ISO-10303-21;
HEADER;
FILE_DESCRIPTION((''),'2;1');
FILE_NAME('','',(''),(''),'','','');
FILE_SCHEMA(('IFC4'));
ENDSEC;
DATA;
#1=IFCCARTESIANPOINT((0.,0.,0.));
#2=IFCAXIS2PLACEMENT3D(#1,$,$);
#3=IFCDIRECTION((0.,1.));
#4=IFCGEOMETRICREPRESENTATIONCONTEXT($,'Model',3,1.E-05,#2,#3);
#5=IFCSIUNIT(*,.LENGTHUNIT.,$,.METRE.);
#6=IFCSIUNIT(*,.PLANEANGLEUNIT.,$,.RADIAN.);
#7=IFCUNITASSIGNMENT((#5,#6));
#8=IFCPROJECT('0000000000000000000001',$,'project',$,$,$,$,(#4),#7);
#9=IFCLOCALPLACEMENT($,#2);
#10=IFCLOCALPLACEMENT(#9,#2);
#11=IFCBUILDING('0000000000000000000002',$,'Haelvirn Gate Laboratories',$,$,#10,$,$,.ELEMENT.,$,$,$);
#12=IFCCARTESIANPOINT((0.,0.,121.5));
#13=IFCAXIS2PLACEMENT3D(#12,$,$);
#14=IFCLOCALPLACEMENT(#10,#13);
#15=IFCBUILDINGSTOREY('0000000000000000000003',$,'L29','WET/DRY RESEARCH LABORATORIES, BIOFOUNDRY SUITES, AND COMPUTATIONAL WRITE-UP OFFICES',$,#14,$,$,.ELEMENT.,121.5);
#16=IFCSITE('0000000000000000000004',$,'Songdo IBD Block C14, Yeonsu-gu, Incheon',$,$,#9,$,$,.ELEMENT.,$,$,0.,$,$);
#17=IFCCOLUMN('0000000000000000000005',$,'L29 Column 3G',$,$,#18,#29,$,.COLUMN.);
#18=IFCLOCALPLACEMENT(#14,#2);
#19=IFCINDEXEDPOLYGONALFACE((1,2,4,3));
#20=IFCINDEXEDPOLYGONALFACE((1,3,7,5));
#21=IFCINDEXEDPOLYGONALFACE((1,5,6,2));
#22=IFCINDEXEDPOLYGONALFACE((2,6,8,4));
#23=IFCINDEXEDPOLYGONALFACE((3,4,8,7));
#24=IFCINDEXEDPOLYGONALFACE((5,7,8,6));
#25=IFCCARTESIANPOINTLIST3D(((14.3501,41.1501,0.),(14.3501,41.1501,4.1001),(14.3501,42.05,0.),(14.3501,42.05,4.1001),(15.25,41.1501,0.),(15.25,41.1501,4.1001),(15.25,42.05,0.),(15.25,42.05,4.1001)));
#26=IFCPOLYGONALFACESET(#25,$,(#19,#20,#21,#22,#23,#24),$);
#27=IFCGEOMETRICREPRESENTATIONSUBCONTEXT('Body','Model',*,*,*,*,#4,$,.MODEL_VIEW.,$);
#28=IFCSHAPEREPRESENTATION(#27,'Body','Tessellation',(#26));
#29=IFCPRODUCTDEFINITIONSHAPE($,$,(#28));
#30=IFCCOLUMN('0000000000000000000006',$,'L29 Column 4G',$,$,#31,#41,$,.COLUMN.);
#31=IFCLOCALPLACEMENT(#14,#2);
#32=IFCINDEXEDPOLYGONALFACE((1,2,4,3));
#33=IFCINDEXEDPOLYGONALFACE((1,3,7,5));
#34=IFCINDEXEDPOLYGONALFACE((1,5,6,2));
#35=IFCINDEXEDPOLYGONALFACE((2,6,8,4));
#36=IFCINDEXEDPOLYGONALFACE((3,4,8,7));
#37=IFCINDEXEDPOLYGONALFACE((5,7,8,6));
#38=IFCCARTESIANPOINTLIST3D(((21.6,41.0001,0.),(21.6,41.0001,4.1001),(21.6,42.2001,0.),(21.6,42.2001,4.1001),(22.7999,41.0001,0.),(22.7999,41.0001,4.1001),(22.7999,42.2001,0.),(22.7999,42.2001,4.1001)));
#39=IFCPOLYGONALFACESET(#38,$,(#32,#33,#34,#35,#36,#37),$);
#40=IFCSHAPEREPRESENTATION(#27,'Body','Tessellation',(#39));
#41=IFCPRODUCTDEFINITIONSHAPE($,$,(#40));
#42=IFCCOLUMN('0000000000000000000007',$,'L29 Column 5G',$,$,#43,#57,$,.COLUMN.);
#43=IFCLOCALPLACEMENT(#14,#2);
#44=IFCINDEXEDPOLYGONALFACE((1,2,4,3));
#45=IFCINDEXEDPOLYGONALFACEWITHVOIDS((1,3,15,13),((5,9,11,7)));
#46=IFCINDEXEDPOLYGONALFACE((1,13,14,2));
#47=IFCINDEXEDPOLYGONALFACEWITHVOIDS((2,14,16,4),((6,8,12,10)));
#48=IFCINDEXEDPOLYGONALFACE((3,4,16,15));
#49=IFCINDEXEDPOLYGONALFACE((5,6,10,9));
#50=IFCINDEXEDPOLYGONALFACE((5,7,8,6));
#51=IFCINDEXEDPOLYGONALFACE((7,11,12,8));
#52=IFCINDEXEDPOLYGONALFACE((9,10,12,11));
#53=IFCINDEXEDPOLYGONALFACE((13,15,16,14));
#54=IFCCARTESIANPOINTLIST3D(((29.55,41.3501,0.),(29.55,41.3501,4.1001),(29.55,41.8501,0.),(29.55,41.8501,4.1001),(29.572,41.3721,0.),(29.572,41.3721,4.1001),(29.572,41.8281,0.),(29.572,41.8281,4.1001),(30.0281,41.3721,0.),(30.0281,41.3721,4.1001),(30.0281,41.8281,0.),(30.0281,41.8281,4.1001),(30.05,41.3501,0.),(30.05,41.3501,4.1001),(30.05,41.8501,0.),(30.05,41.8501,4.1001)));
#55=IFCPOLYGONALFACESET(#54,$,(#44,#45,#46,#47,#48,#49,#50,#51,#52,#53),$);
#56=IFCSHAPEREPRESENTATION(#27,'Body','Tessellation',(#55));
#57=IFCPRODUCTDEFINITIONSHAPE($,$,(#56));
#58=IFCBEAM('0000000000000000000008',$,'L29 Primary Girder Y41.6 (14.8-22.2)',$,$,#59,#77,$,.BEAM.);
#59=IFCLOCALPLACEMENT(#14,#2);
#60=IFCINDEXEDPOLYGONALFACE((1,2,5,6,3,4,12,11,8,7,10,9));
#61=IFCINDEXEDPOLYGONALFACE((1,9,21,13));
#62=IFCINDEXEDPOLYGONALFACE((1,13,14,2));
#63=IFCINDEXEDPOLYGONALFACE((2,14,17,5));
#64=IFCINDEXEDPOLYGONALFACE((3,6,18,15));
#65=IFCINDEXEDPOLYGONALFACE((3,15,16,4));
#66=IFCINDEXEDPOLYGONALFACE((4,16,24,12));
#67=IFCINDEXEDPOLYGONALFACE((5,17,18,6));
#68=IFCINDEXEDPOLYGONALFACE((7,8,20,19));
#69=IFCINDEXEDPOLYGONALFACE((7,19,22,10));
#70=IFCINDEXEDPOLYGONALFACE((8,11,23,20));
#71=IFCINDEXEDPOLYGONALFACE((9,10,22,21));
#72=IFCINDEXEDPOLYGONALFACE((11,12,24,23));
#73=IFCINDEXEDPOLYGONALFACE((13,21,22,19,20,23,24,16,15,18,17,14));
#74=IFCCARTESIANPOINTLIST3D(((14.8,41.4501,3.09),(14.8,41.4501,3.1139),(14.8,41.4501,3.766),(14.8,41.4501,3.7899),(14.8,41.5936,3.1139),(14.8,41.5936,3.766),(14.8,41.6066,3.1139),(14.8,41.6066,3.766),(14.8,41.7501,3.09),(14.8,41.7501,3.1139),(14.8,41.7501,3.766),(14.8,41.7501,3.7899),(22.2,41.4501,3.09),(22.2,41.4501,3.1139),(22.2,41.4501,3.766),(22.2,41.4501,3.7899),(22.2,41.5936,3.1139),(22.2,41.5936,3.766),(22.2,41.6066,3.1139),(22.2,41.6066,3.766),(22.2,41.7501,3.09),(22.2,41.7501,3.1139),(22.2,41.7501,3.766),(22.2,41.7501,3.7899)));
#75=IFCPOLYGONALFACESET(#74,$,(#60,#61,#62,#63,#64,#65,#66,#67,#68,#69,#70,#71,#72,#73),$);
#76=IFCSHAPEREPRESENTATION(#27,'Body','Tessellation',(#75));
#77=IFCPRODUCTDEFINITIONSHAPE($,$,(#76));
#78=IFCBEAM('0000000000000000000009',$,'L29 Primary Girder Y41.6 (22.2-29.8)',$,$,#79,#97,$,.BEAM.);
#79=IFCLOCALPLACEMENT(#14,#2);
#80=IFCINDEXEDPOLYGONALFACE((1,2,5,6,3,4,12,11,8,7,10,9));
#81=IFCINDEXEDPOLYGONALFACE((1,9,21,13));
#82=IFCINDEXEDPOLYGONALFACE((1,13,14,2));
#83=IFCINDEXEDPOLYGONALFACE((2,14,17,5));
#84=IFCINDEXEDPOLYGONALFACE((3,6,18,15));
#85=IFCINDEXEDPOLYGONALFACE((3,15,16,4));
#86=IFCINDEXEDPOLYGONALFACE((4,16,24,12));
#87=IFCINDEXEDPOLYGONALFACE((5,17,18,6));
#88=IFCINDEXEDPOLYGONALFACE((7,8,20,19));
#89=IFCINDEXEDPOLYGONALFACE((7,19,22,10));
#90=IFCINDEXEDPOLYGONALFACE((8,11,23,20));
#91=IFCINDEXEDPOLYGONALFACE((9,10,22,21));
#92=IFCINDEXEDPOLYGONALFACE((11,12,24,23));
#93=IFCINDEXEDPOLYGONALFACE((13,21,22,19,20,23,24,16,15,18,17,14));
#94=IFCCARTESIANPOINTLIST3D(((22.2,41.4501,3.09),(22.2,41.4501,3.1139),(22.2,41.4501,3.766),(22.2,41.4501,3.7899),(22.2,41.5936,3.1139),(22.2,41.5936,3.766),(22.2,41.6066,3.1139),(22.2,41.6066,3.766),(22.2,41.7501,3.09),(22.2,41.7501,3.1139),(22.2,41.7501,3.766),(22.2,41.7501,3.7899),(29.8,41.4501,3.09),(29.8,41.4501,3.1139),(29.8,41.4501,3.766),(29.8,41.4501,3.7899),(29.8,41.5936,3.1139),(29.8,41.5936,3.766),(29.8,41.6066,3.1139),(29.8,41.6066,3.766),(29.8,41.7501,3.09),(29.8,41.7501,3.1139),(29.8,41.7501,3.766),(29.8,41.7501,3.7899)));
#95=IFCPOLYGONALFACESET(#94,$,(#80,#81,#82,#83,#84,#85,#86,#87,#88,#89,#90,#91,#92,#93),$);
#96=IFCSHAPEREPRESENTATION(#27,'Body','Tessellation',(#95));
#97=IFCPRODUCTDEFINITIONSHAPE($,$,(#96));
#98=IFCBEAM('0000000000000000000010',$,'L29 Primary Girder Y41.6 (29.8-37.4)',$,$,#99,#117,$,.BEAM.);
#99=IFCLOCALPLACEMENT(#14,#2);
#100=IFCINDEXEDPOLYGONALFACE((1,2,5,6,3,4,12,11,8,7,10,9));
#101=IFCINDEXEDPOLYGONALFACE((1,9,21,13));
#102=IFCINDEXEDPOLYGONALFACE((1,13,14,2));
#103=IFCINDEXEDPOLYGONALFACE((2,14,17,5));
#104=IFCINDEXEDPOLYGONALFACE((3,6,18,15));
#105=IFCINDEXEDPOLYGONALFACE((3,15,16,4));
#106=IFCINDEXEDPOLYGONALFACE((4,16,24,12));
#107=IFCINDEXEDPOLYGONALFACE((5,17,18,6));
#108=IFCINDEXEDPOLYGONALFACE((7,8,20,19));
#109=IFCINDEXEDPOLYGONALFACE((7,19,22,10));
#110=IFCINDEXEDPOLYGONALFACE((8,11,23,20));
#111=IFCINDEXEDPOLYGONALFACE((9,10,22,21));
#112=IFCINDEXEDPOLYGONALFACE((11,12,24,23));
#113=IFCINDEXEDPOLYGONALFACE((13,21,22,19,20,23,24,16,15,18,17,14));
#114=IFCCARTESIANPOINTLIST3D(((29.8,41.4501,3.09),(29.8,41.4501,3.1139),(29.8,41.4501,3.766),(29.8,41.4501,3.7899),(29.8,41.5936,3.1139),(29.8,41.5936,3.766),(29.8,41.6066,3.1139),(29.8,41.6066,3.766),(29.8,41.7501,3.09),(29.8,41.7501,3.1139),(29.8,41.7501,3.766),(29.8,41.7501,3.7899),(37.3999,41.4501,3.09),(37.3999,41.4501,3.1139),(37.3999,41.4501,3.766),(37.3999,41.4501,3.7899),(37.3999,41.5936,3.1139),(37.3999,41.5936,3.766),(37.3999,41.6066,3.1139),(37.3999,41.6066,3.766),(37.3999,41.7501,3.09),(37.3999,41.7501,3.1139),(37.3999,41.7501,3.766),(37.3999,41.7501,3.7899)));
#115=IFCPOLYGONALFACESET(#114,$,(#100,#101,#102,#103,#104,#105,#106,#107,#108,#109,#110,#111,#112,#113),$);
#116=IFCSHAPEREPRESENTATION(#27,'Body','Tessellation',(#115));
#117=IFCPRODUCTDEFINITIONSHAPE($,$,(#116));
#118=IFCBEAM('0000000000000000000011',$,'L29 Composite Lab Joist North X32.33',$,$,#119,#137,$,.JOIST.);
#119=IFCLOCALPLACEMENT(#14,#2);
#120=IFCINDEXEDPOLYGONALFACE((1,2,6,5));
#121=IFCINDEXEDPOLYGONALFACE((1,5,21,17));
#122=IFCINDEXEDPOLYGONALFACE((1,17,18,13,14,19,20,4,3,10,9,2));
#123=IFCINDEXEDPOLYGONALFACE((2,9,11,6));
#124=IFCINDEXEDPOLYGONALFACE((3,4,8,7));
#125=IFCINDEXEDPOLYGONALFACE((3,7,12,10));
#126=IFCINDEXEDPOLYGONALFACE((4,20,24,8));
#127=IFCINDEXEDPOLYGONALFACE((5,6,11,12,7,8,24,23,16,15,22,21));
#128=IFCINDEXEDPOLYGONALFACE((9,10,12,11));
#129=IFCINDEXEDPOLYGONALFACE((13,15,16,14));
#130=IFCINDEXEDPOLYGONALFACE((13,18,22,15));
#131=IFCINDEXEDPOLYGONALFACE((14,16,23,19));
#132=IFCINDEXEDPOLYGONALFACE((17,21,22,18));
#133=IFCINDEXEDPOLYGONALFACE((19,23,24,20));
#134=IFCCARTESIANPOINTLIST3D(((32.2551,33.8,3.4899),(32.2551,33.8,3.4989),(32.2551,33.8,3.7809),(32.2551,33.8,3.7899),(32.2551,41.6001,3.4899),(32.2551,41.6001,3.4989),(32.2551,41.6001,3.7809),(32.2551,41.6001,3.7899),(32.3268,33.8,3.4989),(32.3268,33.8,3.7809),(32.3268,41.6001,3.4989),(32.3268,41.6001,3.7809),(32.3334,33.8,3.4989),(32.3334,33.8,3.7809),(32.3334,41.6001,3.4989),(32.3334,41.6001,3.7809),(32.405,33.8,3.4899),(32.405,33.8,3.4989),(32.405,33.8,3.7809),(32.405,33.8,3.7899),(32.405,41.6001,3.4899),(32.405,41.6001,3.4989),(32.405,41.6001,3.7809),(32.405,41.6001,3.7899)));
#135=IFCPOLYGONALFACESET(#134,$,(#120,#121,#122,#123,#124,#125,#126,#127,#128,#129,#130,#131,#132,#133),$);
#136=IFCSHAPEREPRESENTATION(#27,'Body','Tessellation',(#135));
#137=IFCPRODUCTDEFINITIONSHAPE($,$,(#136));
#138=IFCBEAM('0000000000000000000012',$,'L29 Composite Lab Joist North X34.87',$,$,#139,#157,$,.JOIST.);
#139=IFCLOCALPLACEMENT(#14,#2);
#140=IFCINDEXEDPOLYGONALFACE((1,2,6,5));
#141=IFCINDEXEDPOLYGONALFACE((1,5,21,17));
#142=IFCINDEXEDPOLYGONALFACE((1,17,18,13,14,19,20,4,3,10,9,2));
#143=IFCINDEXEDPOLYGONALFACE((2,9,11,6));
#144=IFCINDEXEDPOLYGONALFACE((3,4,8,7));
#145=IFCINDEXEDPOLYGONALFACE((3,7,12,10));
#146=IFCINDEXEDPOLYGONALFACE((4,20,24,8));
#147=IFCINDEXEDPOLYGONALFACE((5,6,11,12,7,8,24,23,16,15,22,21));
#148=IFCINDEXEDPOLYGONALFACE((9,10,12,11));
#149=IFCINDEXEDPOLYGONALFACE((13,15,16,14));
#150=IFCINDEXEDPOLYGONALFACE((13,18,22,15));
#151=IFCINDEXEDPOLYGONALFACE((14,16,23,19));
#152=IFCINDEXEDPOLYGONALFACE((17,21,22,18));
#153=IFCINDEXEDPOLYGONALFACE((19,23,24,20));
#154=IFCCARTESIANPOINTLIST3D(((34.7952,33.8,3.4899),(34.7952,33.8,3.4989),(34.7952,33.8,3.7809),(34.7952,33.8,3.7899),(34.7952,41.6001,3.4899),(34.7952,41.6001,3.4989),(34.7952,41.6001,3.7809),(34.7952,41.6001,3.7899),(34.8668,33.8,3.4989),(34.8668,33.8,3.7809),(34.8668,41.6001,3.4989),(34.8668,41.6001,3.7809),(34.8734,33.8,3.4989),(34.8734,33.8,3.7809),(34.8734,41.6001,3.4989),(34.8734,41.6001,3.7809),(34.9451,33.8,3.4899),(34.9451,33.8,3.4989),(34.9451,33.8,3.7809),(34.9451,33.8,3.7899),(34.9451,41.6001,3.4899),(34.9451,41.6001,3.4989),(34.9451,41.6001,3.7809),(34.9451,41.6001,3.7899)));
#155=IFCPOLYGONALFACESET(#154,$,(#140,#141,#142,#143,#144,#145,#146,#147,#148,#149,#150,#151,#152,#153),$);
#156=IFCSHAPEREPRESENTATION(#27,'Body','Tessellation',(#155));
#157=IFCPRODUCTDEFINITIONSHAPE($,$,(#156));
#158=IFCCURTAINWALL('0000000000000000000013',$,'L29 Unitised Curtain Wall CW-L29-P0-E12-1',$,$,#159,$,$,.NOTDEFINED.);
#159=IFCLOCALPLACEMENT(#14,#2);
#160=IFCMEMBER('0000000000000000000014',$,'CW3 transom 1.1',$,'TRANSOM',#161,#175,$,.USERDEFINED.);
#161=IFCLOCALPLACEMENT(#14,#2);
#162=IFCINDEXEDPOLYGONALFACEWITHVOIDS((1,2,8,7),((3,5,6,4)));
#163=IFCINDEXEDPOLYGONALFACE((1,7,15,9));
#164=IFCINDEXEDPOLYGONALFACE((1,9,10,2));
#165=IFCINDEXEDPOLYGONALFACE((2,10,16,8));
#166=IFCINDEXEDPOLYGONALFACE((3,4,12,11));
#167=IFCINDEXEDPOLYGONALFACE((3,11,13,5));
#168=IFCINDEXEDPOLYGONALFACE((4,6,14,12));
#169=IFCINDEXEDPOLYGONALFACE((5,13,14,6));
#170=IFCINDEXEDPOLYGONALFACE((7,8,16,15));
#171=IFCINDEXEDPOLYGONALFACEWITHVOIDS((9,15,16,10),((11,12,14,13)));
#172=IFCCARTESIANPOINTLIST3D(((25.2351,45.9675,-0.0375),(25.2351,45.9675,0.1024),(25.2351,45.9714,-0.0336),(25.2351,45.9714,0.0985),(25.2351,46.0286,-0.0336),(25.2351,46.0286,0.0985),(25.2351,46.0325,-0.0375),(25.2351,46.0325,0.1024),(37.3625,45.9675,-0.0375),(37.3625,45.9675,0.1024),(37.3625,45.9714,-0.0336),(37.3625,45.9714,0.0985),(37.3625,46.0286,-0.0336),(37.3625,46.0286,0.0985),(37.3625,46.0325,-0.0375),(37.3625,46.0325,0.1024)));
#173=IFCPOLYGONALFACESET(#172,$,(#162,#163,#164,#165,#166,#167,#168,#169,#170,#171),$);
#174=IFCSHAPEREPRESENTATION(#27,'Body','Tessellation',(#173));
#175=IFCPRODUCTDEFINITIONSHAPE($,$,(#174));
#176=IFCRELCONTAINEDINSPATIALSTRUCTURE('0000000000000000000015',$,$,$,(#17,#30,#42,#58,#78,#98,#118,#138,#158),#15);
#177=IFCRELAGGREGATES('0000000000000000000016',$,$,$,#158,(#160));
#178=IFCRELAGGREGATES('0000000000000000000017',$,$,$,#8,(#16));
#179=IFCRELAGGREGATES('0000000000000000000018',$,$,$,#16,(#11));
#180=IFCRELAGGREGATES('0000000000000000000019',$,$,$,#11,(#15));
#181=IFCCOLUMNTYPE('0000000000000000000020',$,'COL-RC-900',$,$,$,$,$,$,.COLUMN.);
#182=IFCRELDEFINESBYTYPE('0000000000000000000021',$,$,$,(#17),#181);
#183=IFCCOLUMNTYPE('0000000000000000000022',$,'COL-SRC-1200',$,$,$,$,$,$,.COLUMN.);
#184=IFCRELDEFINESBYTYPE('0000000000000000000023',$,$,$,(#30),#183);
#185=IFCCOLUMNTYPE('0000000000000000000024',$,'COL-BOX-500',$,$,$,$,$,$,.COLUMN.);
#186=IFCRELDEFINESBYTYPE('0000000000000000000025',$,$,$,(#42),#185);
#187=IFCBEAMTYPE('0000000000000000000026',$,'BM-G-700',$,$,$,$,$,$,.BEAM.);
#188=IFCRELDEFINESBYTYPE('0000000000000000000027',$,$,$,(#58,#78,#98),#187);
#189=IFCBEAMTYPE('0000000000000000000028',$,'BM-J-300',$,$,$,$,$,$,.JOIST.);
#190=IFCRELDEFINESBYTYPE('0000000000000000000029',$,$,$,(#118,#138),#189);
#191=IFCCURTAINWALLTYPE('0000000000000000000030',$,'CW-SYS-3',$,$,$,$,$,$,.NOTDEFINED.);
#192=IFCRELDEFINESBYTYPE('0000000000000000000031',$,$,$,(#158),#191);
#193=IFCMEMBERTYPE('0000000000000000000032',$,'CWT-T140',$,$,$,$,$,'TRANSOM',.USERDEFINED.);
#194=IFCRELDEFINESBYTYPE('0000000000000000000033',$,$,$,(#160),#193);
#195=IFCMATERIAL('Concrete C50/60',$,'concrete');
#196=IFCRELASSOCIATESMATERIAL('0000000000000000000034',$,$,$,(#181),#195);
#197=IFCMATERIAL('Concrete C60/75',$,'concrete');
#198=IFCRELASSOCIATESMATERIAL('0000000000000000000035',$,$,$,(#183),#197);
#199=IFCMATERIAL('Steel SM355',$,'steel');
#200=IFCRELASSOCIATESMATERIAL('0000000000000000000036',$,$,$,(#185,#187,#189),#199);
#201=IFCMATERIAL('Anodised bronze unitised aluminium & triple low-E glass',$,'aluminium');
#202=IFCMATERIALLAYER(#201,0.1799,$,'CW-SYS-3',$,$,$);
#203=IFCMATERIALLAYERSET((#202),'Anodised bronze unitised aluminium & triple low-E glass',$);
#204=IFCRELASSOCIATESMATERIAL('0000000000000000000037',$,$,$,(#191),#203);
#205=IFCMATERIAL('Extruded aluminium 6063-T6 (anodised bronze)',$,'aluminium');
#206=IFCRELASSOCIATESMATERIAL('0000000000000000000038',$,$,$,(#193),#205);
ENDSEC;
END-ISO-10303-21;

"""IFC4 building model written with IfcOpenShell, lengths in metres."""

from ifc_helpers import new_model, si_unit, direction, frame, origin, origin_2d, place, context, subcontext, project, spatial, rectangle, hollow_rectangle, i_section, extrude, source, transform, mapped, material, layer, layer_set, material_profile, profile_set, type_object, type_shapes, element, aggregate, save


model = new_model("IFC4")

# Units and contexts
model_context = context("Model", 3, precision=1e-05, world=origin(), true_north=direction((0.0, 1.0)))
body_context = subcontext(model_context, "Body", "Model", "MODEL_VIEW")
ifc_project = project(units=[si_unit("LENGTHUNIT", "METRE"), si_unit("PLANEANGLEUNIT", "RADIAN")], contexts=[model_context])

# Site, building, storey
site_placement = place(None, origin())
site = spatial("IfcSite", under=ifc_project, at=site_placement, Name="Songdo IBD Block C14, Yeonsu-gu, Incheon", CompositionType="ELEMENT", RefElevation=0.0)
building_placement = place(site_placement, origin())
building = spatial("IfcBuilding", under=site, at=building_placement, Name="Haelvirn Gate Laboratories", CompositionType="ELEMENT")
storey_placement = place(building_placement, frame((0.0, 0.0, 121.5)))
storey = spatial("IfcBuildingStorey", under=building, at=storey_placement, Name="L29", Description="WET/DRY RESEARCH LABORATORIES, BIOFOUNDRY SUITES, AND COMPUTATIONAL WRITE-UP OFFICES", CompositionType="ELEMENT", Elevation=121.5)

# Columns
ifc_material_1 = material(Name="Concrete C50/60", Category="concrete")
ifc_material_profile_1 = material_profile(ifc_material_1, rectangle(XDim=0.8999, YDim=0.8999, at=origin_2d()), Name="RC-900x900")
ifc_profile_set_1 = profile_set([ifc_material_profile_1], Name="Concrete C50/60")
column_type_1 = type_object("IfcColumnType", Name="COL-RC-900", PredefinedType="COLUMN", material=ifc_profile_set_1)
shared_shape_1 = source(origin(), body_context, "Body", "SweptSolid", [
    extrude(rectangle(XDim=0.8999, YDim=0.8999, at=origin_2d()), origin(), (0.0, 0.0, 1.0), 4.1001),
])
type_shapes(column_type_1, [shared_shape_1])
column_1_placement = place(storey_placement, frame((14.8, 41.6001, 0.0), z_axis=(0.0, 0.0, 1.0), x_axis=(1.0, 0.0, 0.0)))
element("IfcColumn", 1, at=column_1_placement, inside=storey, type_object=column_type_1, Name="L29 Column 3G", PredefinedType="COLUMN", context=body_context, shape_type="MappedRepresentation", body=[
    mapped(shared_shape_1, transform((0.0, 0.0, 0.0), scale=1.0)),
])
ifc_material_2 = material(Name="Concrete C60/75", Category="concrete")
ifc_material_profile_2 = material_profile(ifc_material_2, rectangle(XDim=1.2, YDim=1.2, at=origin_2d()), Name="SRC-1200x1200")
ifc_profile_set_2 = profile_set([ifc_material_profile_2], Name="Concrete C60/75")
column_type_2 = type_object("IfcColumnType", Name="COL-SRC-1200", PredefinedType="COLUMN", material=ifc_profile_set_2)
shared_shape_2 = source(origin(), body_context, "Body", "SweptSolid", [
    extrude(rectangle(XDim=1.2, YDim=1.2, at=origin_2d()), origin(), (0.0, 0.0, 1.0), 4.1001),
])
type_shapes(column_type_2, [shared_shape_2])
column_2_placement = place(storey_placement, frame((22.2, 41.6001, 0.0), z_axis=(0.0, 0.0, 1.0), x_axis=(1.0, 0.0, 0.0)))
element("IfcColumn", 2, at=column_2_placement, inside=storey, type_object=column_type_2, Name="L29 Column 4G", PredefinedType="COLUMN", context=body_context, shape_type="MappedRepresentation", body=[
    mapped(shared_shape_2, transform((0.0, 0.0, 0.0), scale=1.0)),
])
ifc_material_3 = material(Name="Steel SM355", Category="steel")
ifc_material_profile_3 = material_profile(ifc_material_3, hollow_rectangle(XDim=0.5, YDim=0.5, WallThickness=0.022, at=origin_2d()), Name="BOX-500x500x22")
ifc_profile_set_3 = profile_set([ifc_material_profile_3], Name="Steel SM355")
column_type_3 = type_object("IfcColumnType", Name="COL-BOX-500", PredefinedType="COLUMN", material=ifc_profile_set_3)
shared_shape_3 = source(origin(), body_context, "Body", "SweptSolid", [
    extrude(hollow_rectangle(XDim=0.5, YDim=0.5, WallThickness=0.022, at=origin_2d()), origin(), (0.0, 0.0, 1.0), 4.1001),
])
type_shapes(column_type_3, [shared_shape_3])
column_3_placement = place(storey_placement, frame((29.8, 41.6001, 0.0), z_axis=(0.0, 0.0, 1.0), x_axis=(1.0, 0.0, 0.0)))
element("IfcColumn", 3, at=column_3_placement, inside=storey, type_object=column_type_3, Name="L29 Column 5G", PredefinedType="COLUMN", context=body_context, shape_type="MappedRepresentation", body=[
    mapped(shared_shape_3, transform((0.0, 0.0, 0.0), scale=1.0)),
])

# Beams
ifc_material_profile_4 = material_profile(ifc_material_3, i_section(OverallWidth=0.3, OverallDepth=0.7, WebThickness=0.0129, FlangeThickness=0.0239, at=origin_2d()), Name="H-700x300x13x24")
ifc_profile_set_4 = profile_set([ifc_material_profile_4], Name="Steel SM355")
beam_type_1 = type_object("IfcBeamType", Name="BM-G-700", PredefinedType="BEAM", material=ifc_profile_set_4)
shared_shape_4 = source(origin(), body_context, "Body", "SweptSolid", [
    extrude(i_section(OverallWidth=0.3, OverallDepth=0.7, WebThickness=0.0129, FlangeThickness=0.0239, at=origin_2d()), origin(), (0.0, 0.0, 1.0), 7.3999),
])
beam_1_placement = place(storey_placement, frame((14.8, 41.6001, 3.4399), z_axis=(1.0, 0.0, 0.0), x_axis=(0.0, 1.0, 0.0)))
element("IfcBeam", 4, at=beam_1_placement, inside=storey, type_object=beam_type_1, Name="L29 Primary Girder Y41.6 (14.8-22.2)", PredefinedType="BEAM", context=body_context, shape_type="MappedRepresentation", body=[
    mapped(shared_shape_4, transform((0.0, 0.0, 0.0), scale=1.0)),
])
shared_shape_5 = source(origin(), body_context, "Body", "SweptSolid", [
    extrude(i_section(OverallWidth=0.3, OverallDepth=0.7, WebThickness=0.0129, FlangeThickness=0.0239, at=origin_2d()), origin(), (0.0, 0.0, 1.0), 7.6001),
])
beam_2_placement = place(storey_placement, frame((22.2, 41.6001, 3.4399), z_axis=(1.0, 0.0, 0.0), x_axis=(0.0, 1.0, 0.0)))
element("IfcBeam", 5, at=beam_2_placement, inside=storey, type_object=beam_type_1, Name="L29 Primary Girder Y41.6 (22.2-29.8)", PredefinedType="BEAM", context=body_context, shape_type="MappedRepresentation", body=[
    mapped(shared_shape_5, transform((0.0, 0.0, 0.0), scale=1.0)),
])
shared_shape_6 = source(origin(), body_context, "Body", "SweptSolid", [
    extrude(i_section(OverallWidth=0.3, OverallDepth=0.7, WebThickness=0.0129, FlangeThickness=0.0239, at=origin_2d()), origin(), (0.0, 0.0, 1.0), 7.5999),
])
type_shapes(beam_type_1, [shared_shape_4, shared_shape_5, shared_shape_6])
beam_3_placement = place(storey_placement, frame((29.8, 41.6001, 3.4399), z_axis=(1.0, 0.0, 0.0), x_axis=(0.0, 1.0, 0.0)))
element("IfcBeam", 6, at=beam_3_placement, inside=storey, type_object=beam_type_1, Name="L29 Primary Girder Y41.6 (29.8-37.4)", PredefinedType="BEAM", context=body_context, shape_type="MappedRepresentation", body=[
    mapped(shared_shape_6, transform((0.0, 0.0, 0.0), scale=1.0)),
])
ifc_material_profile_5 = material_profile(ifc_material_3, i_section(OverallWidth=0.1499, OverallDepth=0.3, WebThickness=0.0066, FlangeThickness=0.009, at=origin_2d()), Name="H-300x150x6.5x9")
ifc_profile_set_5 = profile_set([ifc_material_profile_5], Name="Steel SM355")
beam_type_2 = type_object("IfcBeamType", Name="BM-J-300", PredefinedType="JOIST", material=ifc_profile_set_5)
shared_shape_7 = source(origin(), body_context, "Body", "SweptSolid", [
    extrude(i_section(OverallWidth=0.1499, OverallDepth=0.3, WebThickness=0.0066, FlangeThickness=0.009, at=origin_2d()), origin(), (0.0, 0.0, 1.0), 7.8),
])
type_shapes(beam_type_2, [shared_shape_7])
for number, where, z_axis, x_axis, name in (
    (7, (32.3301, 33.8, 3.6399), (0.0, 1.0, 0.0), (-1.0, 0.0, 0.0), "L29 Composite Lab Joist North X32.33"),
    (8, (34.8701, 33.8, 3.6399), (0.0, 1.0, 0.0), (-1.0, 0.0, 0.0), "L29 Composite Lab Joist North X34.87"),
):
    element("IfcBeam", number, at=place(storey_placement, frame(where, z_axis=z_axis, x_axis=x_axis)), inside=storey, type_object=beam_type_2, Name=name, PredefinedType="JOIST", context=body_context, shape_type="MappedRepresentation", body=[
        mapped(shared_shape_7, transform((0.0, 0.0, 0.0), scale=1.0)),
    ])

# Curtain wall, member
ifc_material_4 = material(Name="Anodised bronze unitised aluminium & triple low-E glass", Category="aluminium")
ifc_layer_1 = layer(ifc_material_4, 0.1799, Name="CW-SYS-3")
ifc_layer_set_1 = layer_set([ifc_layer_1], Name="Anodised bronze unitised aluminium & triple low-E glass")
curtain_wall_type = type_object("IfcCurtainWallType", Name="CW-SYS-3", PredefinedType="NOTDEFINED", material=ifc_layer_set_1)
curtain_wall_1_placement = place(storey_placement, origin())
curtain_wall_1 = element("IfcCurtainWall", 9, at=curtain_wall_1_placement, inside=storey, type_object=curtain_wall_type, Name="L29 Unitised Curtain Wall CW-L29-P0-E12-1", PredefinedType="NOTDEFINED")
ifc_material_5 = material(Name="Extruded aluminium 6063-T6 (anodised bronze)", Category="aluminium")
ifc_material_profile_6 = material_profile(ifc_material_5, hollow_rectangle(XDim=0.0649, YDim=0.1399, WallThickness=0.0039, at=origin_2d()), Name="CWT-140x65x4")
ifc_profile_set_6 = profile_set([ifc_material_profile_6], Name="Extruded aluminium 6063-T6 (anodised bronze)")
member_type_1 = type_object("IfcMemberType", Name="CWT-T140", ElementType="TRANSOM", PredefinedType="USERDEFINED", material=ifc_profile_set_6)
shared_shape_8 = source(origin(), body_context, "Body", "SweptSolid", [
    extrude(hollow_rectangle(XDim=0.0649, YDim=0.1399, WallThickness=0.0039, at=origin_2d()), origin(), (0.0, 0.0, 1.0), 12.1274),
])
member_1_placement = place(storey_placement, frame((25.2351, 46.0, 0.0325), z_axis=(1.0, 0.0, 0.0), x_axis=(0.0, 1.0, 0.0)))
member_1 = element("IfcMember", 10, at=member_1_placement, type_object=member_type_1, Name="CW3 transom 1.1", ObjectType="TRANSOM", PredefinedType="USERDEFINED", context=body_context, shape_type="MappedRepresentation", body=[
    mapped(shared_shape_8, transform((0.0, 0.0, 0.0), scale=1.0)),
])

aggregate(curtain_wall_1, [member_1])

save(model, "model.ifc")
